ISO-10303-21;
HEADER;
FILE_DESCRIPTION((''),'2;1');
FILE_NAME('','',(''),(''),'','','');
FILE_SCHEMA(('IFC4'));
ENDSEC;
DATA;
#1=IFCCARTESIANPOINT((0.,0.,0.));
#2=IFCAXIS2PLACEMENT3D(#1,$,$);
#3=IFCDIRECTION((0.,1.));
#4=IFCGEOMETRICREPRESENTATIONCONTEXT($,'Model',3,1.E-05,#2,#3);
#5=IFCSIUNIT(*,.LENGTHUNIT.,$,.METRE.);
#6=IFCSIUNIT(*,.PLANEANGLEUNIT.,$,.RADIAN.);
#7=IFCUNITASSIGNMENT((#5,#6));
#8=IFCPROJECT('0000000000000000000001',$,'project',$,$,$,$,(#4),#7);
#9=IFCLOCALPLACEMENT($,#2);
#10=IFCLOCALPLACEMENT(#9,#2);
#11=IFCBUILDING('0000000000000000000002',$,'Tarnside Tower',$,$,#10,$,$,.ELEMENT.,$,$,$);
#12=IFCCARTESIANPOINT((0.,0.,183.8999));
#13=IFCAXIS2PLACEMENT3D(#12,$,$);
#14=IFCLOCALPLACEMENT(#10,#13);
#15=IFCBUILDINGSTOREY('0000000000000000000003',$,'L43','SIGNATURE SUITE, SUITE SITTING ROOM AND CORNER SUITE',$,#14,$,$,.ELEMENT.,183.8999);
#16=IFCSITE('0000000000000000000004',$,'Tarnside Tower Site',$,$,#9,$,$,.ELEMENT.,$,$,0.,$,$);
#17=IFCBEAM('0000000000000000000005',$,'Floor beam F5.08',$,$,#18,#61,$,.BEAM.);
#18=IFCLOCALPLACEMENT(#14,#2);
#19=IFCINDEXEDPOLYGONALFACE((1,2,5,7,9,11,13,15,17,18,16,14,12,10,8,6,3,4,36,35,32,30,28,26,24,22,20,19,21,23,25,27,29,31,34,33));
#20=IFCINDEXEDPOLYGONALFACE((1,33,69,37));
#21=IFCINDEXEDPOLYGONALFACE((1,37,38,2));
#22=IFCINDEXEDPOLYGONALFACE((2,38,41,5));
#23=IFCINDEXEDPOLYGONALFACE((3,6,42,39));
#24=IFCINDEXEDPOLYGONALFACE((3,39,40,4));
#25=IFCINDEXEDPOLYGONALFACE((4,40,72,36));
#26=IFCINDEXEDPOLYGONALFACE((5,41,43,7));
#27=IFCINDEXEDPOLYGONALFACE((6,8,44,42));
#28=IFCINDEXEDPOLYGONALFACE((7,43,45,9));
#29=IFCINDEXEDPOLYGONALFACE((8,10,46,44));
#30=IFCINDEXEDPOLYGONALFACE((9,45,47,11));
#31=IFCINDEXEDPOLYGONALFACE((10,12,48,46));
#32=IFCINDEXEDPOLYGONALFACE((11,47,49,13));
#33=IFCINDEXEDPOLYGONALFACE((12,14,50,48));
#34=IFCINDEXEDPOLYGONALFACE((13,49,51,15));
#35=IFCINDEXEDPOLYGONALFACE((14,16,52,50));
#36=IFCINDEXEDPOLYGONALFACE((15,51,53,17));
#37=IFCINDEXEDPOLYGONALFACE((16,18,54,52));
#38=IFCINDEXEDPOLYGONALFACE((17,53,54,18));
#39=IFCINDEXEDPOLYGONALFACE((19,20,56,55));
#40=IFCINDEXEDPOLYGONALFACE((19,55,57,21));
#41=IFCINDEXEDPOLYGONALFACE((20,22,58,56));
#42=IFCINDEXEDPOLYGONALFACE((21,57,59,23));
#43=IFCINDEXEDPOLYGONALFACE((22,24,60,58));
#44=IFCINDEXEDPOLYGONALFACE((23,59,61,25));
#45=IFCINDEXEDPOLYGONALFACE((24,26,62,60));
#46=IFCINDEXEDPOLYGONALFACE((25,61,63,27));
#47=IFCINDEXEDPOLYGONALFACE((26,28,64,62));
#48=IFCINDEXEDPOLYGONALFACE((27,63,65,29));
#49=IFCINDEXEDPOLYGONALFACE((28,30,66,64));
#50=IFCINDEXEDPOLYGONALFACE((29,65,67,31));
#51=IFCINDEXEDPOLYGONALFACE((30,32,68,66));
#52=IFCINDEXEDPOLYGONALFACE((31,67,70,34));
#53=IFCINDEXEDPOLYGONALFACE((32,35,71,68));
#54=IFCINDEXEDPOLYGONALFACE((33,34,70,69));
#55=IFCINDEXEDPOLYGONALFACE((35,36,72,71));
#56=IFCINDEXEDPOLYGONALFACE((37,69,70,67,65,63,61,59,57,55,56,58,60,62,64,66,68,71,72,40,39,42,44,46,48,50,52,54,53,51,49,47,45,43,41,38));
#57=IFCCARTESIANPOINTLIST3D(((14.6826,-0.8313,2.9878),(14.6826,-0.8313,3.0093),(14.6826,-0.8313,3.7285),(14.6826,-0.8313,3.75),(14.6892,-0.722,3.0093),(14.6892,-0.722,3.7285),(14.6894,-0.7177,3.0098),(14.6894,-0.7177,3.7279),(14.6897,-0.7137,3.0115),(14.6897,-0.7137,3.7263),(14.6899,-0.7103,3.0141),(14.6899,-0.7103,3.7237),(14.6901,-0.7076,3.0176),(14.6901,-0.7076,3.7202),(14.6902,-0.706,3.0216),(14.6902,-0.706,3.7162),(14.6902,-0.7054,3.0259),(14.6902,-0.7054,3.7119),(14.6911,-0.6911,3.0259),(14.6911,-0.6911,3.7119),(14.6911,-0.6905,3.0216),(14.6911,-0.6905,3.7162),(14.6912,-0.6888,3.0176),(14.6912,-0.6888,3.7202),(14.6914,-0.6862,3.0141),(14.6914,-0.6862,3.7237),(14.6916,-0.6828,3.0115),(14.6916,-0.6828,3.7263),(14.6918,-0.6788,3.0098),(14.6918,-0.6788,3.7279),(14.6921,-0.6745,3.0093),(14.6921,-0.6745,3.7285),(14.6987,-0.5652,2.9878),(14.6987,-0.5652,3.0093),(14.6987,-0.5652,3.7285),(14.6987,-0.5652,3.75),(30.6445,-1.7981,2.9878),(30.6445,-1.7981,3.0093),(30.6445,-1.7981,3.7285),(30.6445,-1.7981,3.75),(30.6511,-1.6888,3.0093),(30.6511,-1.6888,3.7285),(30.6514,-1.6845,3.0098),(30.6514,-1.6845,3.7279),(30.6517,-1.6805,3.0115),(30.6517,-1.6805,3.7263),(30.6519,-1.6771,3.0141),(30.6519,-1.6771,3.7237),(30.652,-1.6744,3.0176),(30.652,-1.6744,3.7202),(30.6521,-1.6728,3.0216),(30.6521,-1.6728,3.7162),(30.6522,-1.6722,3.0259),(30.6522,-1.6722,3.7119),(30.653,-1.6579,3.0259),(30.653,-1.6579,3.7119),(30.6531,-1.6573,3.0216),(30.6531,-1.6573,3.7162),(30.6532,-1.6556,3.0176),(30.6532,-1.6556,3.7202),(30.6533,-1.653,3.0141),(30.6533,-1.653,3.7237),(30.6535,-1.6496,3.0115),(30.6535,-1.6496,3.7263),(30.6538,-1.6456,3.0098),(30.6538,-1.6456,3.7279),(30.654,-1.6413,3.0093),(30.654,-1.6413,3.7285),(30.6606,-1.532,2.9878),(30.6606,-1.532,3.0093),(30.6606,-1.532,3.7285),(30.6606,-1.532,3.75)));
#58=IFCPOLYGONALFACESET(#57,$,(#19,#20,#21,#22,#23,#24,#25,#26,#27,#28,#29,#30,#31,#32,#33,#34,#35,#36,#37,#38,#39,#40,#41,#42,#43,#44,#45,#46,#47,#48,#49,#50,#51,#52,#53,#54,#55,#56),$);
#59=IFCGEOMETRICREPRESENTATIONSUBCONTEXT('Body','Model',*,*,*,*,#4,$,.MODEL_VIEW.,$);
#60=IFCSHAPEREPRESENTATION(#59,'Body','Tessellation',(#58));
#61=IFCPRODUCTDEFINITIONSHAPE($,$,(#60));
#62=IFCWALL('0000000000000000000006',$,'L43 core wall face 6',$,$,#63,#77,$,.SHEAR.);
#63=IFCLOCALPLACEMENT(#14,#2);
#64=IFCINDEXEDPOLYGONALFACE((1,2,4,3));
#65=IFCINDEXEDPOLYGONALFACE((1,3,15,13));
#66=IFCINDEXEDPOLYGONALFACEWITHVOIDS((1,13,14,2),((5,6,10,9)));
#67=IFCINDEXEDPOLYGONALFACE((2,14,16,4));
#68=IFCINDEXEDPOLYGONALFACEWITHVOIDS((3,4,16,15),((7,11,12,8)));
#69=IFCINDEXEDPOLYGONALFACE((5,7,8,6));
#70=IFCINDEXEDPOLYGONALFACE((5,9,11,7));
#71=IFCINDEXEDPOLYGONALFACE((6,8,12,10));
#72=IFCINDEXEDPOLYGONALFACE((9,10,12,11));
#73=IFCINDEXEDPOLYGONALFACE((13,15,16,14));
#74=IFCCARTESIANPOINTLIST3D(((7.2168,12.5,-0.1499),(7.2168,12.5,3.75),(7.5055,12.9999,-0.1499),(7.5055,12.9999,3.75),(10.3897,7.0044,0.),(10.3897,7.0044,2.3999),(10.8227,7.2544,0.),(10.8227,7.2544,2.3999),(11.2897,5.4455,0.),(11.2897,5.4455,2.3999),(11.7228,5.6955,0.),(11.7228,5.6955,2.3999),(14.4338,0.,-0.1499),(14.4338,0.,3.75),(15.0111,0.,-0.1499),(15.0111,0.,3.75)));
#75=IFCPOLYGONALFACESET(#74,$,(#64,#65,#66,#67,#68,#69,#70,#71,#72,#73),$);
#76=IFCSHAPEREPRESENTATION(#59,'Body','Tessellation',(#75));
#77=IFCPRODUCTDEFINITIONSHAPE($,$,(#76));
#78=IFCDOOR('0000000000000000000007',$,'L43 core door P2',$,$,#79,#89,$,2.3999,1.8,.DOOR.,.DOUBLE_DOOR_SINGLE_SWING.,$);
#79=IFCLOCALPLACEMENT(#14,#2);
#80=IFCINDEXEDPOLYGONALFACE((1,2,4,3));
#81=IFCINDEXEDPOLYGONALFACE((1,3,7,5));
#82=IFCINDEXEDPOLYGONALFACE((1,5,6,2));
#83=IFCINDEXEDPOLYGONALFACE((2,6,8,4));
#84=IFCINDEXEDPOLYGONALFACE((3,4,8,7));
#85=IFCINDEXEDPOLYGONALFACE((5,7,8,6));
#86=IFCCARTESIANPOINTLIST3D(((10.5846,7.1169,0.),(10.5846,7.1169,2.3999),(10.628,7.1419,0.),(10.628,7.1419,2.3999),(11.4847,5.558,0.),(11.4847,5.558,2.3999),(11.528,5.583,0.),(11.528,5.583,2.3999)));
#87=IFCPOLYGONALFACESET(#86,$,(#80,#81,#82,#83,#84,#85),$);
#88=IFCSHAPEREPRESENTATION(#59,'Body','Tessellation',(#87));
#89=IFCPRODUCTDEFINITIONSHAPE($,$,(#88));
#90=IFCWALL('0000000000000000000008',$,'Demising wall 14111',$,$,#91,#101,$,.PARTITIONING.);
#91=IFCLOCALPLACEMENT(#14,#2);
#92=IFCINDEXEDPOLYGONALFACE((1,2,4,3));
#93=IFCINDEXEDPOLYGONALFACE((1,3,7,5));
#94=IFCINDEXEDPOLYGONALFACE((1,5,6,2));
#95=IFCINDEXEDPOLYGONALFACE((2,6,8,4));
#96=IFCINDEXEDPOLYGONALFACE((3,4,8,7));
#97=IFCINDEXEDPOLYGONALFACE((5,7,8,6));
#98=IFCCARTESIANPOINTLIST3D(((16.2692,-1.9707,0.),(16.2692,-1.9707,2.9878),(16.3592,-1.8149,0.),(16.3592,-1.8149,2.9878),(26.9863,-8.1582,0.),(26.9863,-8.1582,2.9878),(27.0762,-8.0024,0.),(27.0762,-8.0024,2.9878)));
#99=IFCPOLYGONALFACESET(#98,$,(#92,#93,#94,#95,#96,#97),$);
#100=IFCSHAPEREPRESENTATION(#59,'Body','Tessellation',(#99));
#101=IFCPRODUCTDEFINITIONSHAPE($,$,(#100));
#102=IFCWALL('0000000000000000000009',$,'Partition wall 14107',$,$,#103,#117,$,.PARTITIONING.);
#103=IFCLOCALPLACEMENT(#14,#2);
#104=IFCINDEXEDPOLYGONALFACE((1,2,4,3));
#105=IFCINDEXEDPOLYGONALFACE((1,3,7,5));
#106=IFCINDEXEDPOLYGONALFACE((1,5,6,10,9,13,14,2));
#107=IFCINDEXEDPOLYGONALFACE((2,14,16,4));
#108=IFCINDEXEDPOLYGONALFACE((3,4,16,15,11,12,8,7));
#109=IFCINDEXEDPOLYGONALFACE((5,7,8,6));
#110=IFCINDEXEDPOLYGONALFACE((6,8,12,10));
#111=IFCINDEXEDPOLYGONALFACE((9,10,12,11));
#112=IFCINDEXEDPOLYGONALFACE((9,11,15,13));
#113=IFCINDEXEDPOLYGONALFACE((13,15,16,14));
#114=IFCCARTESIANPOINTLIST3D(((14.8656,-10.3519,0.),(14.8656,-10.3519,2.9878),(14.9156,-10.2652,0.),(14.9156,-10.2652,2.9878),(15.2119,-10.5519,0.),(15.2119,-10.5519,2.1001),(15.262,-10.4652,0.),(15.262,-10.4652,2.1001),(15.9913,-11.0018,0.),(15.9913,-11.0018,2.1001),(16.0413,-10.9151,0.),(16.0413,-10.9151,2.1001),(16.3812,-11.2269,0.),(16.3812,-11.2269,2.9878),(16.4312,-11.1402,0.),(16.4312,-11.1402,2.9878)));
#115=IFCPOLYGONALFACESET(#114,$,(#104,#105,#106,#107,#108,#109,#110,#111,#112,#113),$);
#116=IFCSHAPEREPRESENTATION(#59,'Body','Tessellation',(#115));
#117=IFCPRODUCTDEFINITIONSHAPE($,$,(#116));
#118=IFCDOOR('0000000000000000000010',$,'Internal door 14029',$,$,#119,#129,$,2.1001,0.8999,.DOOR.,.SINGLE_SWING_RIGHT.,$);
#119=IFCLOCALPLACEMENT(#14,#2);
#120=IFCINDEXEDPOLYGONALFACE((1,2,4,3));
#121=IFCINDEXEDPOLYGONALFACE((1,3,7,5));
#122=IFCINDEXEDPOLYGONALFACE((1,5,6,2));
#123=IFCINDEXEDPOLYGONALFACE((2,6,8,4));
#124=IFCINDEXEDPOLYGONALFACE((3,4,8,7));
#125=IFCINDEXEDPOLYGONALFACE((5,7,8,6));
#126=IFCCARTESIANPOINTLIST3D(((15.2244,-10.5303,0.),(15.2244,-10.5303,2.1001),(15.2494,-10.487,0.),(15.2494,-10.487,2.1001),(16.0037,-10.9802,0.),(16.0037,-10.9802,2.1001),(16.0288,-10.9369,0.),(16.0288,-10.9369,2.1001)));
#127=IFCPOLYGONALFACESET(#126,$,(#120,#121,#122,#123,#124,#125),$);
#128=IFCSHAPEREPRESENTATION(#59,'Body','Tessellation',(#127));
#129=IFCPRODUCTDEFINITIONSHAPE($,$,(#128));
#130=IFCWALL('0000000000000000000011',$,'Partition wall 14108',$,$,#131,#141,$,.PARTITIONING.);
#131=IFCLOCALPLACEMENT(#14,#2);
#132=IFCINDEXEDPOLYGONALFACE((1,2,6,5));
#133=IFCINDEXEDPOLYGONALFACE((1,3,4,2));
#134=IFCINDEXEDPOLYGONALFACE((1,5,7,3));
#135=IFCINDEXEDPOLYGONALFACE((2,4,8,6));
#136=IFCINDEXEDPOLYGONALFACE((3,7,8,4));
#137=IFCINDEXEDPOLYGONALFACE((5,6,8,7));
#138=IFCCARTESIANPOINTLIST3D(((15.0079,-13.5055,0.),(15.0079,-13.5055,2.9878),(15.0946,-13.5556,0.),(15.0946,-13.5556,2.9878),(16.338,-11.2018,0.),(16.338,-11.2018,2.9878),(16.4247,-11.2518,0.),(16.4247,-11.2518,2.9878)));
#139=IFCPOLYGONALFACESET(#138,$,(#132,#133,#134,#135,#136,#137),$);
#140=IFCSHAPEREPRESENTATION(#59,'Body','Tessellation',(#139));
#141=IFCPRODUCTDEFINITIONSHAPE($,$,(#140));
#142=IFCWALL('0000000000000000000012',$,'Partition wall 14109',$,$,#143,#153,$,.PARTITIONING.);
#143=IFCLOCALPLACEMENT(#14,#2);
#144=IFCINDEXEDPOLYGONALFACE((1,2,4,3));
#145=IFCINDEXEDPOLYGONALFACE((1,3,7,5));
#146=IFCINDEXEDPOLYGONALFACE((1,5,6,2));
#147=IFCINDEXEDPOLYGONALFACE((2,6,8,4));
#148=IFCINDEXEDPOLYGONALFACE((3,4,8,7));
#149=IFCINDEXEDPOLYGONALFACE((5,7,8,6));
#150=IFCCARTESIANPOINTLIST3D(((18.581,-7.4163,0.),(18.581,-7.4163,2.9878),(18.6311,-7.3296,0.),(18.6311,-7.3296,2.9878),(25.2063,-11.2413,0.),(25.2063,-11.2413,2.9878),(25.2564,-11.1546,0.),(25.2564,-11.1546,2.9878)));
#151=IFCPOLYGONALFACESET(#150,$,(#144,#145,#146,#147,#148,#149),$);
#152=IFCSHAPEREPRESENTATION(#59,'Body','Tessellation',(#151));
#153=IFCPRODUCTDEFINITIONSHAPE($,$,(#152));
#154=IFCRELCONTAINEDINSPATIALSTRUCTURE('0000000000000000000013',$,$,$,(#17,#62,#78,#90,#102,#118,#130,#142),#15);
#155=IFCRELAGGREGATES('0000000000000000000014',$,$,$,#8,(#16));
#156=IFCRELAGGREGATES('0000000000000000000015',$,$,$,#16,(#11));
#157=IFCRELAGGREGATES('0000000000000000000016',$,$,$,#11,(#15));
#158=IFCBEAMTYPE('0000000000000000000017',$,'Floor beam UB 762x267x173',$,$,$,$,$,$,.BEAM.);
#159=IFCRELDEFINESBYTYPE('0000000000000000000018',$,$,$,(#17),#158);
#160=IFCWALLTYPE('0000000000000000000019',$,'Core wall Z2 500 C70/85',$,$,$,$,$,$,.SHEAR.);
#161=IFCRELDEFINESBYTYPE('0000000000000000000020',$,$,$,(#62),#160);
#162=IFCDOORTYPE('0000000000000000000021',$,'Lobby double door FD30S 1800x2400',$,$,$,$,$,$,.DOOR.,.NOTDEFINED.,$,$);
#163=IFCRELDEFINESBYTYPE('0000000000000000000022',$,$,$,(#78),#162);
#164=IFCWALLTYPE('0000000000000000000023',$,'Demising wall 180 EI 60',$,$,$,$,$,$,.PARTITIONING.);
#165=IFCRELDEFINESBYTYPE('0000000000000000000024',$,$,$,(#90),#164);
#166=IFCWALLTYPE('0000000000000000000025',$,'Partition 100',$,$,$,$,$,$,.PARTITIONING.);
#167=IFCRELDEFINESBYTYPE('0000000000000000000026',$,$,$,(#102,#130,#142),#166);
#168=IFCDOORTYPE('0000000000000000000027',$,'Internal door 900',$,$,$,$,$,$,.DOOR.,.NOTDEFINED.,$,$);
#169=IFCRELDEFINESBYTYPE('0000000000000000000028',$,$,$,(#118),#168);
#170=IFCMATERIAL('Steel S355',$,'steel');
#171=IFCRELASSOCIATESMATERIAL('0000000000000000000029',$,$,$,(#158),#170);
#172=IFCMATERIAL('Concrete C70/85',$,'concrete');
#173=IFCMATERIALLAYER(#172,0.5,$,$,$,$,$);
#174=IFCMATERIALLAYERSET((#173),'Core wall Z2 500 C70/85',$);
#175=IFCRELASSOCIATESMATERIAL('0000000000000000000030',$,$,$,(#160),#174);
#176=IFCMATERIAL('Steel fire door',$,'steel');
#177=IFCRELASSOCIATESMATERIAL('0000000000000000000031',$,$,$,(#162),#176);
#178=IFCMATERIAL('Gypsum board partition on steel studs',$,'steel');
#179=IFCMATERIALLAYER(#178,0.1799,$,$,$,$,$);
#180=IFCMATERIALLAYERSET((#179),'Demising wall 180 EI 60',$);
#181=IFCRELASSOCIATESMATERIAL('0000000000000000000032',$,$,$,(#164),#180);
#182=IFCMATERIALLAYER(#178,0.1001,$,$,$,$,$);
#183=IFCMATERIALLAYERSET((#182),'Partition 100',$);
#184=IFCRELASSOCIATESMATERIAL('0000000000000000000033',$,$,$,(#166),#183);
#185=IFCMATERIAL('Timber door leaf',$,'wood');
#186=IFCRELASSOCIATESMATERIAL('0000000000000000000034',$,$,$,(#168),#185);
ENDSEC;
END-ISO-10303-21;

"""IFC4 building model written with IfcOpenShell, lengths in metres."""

from ifc_helpers import new_model, si_unit, direction, frame, frame_2d, origin, origin_2d, place, context, subcontext, project, spatial, polyline, rectangle, i_section, outline, extrude, material, layer, layer_set, material_profile, profile_set, type_object, element, fill, save


model = new_model("IFC4")

# Units and contexts
model_context = context("Model", 3, precision=1e-05, world=origin(), true_north=direction((0.0, 1.0)))
body_context = subcontext(model_context, "Body", "Model", "MODEL_VIEW")
ifc_project = project(units=[si_unit("LENGTHUNIT", "METRE"), si_unit("PLANEANGLEUNIT", "RADIAN")], contexts=[model_context])

# Site, building, storey
site_placement = place(None, origin())
site = spatial("IfcSite", under=ifc_project, at=site_placement, Name="Tarnside Tower Site", CompositionType="ELEMENT", RefElevation=0.0)
building_placement = place(site_placement, origin())
building = spatial("IfcBuilding", under=site, at=building_placement, Name="Tarnside Tower", CompositionType="ELEMENT")
storey_placement = place(building_placement, frame((0.0, 0.0, 183.8999)))
storey = spatial("IfcBuildingStorey", under=building, at=storey_placement, Name="L43", Description="SIGNATURE SUITE, SUITE SITTING ROOM AND CORNER SUITE", CompositionType="ELEMENT", Elevation=183.8999)

# Beam
ifc_material_1 = material(Name="Steel S355", Category="steel")
ifc_material_profile_1 = material_profile(ifc_material_1, i_section(OverallWidth=0.2666, OverallDepth=0.7622, WebThickness=0.0144, FlangeThickness=0.0215, FilletRadius=0.0166, at=origin_2d()), Name="UB 762x267x173")
ifc_profile_set_1 = profile_set([ifc_material_profile_1], Name="Steel S355")
beam_type_1 = type_object("IfcBeamType", Name="Floor beam UB 762x267x173", PredefinedType="BEAM", material=ifc_profile_set_1)
beam_1_placement = place(storey_placement, frame((30.6526, -1.665, 3.3689), z_axis=(-0.998171, 0.060458, 0.0), x_axis=(-0.060458, -0.998171, 0.0)))
element("IfcBeam", 1, at=beam_1_placement, inside=storey, type_object=beam_type_1, Name="Floor beam F5.08", PredefinedType="BEAM", context=body_context, shape_type="SweptSolid", body=[
    extrude(i_section(OverallWidth=0.2666, OverallDepth=0.7622, WebThickness=0.0144, FlangeThickness=0.0215, FilletRadius=0.0166, at=origin_2d()), origin(), (0.0, 0.0, 1.0), 15.9912),
])

# Wall, opening, door
ifc_material_2 = material(Name="Concrete C70/85", Category="concrete")
ifc_layer_1 = layer(ifc_material_2, 0.5)
ifc_layer_set_1 = layer_set([ifc_layer_1], Name="Core wall Z2 500 C70/85")
wall_type_1 = type_object("IfcWallType", Name="Core wall Z2 500 C70/85", PredefinedType="SHEAR", material=ifc_layer_set_1)
wall_1_placement = place(storey_placement, frame((14.7224, 0.0, -0.1499), z_axis=(0.0, 0.0, 1.0), x_axis=(-0.500006, 0.866022, 0.0)))
wall_1 = element("IfcWall", 2, at=wall_1_placement, inside=storey, type_object=wall_type_1, Name="L43 core wall face 6", PredefinedType="SHEAR", context=body_context, shape_type="SweptSolid", body=[
    extrude(outline(polyline([(-0.1443, -0.25), (14.8667, -0.25), (14.5781, 0.25), (0.1443, 0.25), (-0.1443, -0.25)])), origin(), (0.0, 0.0, 1.0), 3.8999),
])
opening_1_placement = place(wall_1_placement, frame((6.4324, 0.0, 0.1499)))
opening_1 = element("IfcOpeningElement", 3, at=opening_1_placement, cuts=wall_1, PredefinedType="OPENING", context=body_context, shape_type="SweptSolid", body=[
    extrude(rectangle(XDim=1.8, YDim=2.3999, at=frame_2d((0.8999, 1.2))), frame((0.0, 0.26, 0.0), z_axis=(0.0, -1.0, 0.0), x_axis=(1.0, 0.0, 0.0)), (0.0, 0.0, 1.0), 0.52),
])
ifc_material_3 = material(Name="Steel fire door", Category="steel")
door_type_1 = type_object("IfcDoorType", Name="Lobby double door FD30S 1800x2400", OperationType="NOTDEFINED", PredefinedType="DOOR", material=ifc_material_3)
door_1_placement = place(opening_1_placement, origin())
door_1 = element("IfcDoor", 4, at=door_1_placement, inside=storey, type_object=door_type_1, Name="L43 core door P2", OperationType="DOUBLE_DOOR_SINGLE_SWING", OverallHeight=2.3999, OverallWidth=1.8, PredefinedType="DOOR", context=body_context, shape_type="SweptSolid", body=[
    extrude(rectangle(XDim=1.8, YDim=2.3999, at=frame_2d((0.8999, 1.2))), frame((0.0, 0.0249, 0.0), z_axis=(0.0, -1.0, 0.0), x_axis=(1.0, 0.0, 0.0)), (0.0, 0.0, 1.0), 0.05),
])
fill(opening_1, door_1)

# Wall
ifc_material_4 = material(Name="Gypsum board partition on steel studs", Category="steel")
ifc_layer_2 = layer(ifc_material_4, 0.1799)
ifc_layer_set_2 = layer_set([ifc_layer_2], Name="Demising wall 180 EI 60")
wall_type_2 = type_object("IfcWallType", Name="Demising wall 180 EI 60", PredefinedType="PARTITIONING", material=ifc_layer_set_2)
wall_2_placement = place(storey_placement, frame((27.0312, -8.0803, 0.0), z_axis=(0.0, 0.0, 1.0), x_axis=(-0.866025, 0.500001, 0.0)))
element("IfcWall", 5, at=wall_2_placement, inside=storey, type_object=wall_type_2, Name="Demising wall 14111", PredefinedType="PARTITIONING", context=body_context, shape_type="SweptSolid", body=[
    extrude(rectangle(XDim=12.375, YDim=0.1799, at=frame_2d((6.1875, 0.0))), origin(), (0.0, 0.0, 1.0), 2.9878),
])

# Wall, opening, door
ifc_layer_3 = layer(ifc_material_4, 0.1001)
ifc_layer_set_3 = layer_set([ifc_layer_3], Name="Partition 100")
wall_type_3 = type_object("IfcWallType", Name="Partition 100", PredefinedType="PARTITIONING", material=ifc_layer_set_3)
wall_3_placement = place(storey_placement, frame((14.8906, -10.3086, 0.0), z_axis=(0.0, 0.0, 1.0), x_axis=(0.866037, -0.49998, 0.0)))
wall_3 = element("IfcWall", 6, at=wall_3_placement, inside=storey, type_object=wall_type_3, Name="Partition wall 14107", PredefinedType="PARTITIONING", context=body_context, shape_type="SweptSolid", body=[
    extrude(rectangle(XDim=1.75, YDim=0.1001, at=frame_2d((0.875, 0.0))), origin(), (0.0, 0.0, 1.0), 2.9878),
])
opening_2_placement = place(wall_3_placement, frame((0.3999, 0.0, 0.0)))
opening_2 = element("IfcOpeningElement", 7, at=opening_2_placement, cuts=wall_3, PredefinedType="OPENING", context=body_context, shape_type="SweptSolid", body=[
    extrude(rectangle(XDim=0.8999, YDim=2.1001, at=frame_2d((0.45, 1.05))), frame((0.0, 0.0601, 0.0), z_axis=(0.0, -1.0, 0.0), x_axis=(1.0, 0.0, 0.0)), (0.0, 0.0, 1.0), 0.1201),
])
ifc_material_5 = material(Name="Timber door leaf", Category="wood")
door_type_2 = type_object("IfcDoorType", Name="Internal door 900", OperationType="NOTDEFINED", PredefinedType="DOOR", material=ifc_material_5)
door_2_placement = place(opening_2_placement, origin())
door_2 = element("IfcDoor", 8, at=door_2_placement, inside=storey, type_object=door_type_2, Name="Internal door 14029", OperationType="SINGLE_SWING_RIGHT", OverallHeight=2.1001, OverallWidth=0.8999, PredefinedType="DOOR", context=body_context, shape_type="SweptSolid", body=[
    extrude(rectangle(XDim=0.8999, YDim=2.1001, at=frame_2d((0.45, 1.05))), frame((0.0, 0.0249, 0.0), z_axis=(0.0, -1.0, 0.0), x_axis=(1.0, 0.0, 0.0)), (0.0, 0.0, 1.0), 0.05),
])
fill(opening_2, door_2)

# Walls
wall_4_placement = place(storey_placement, frame((16.3813, -11.2268, 0.0), z_axis=(0.0, 0.0, 1.0), x_axis=(-0.500008, -0.866021, 0.0)))
element("IfcWall", 9, at=wall_4_placement, inside=storey, type_object=wall_type_3, Name="Partition wall 14108", PredefinedType="PARTITIONING", context=body_context, shape_type="SweptSolid", body=[
    extrude(rectangle(XDim=2.6602, YDim=0.1001, at=frame_2d((1.3301, 0.0))), origin(), (0.0, 0.0, 1.0), 2.9878),
])
wall_5_placement = place(storey_placement, frame((25.2314, -11.198, 0.0), z_axis=(0.0, 0.0, 1.0), x_axis=(-0.866033, 0.499987, 0.0)))
element("IfcWall", 10, at=wall_5_placement, inside=storey, type_object=wall_type_3, Name="Partition wall 14109", PredefinedType="PARTITIONING", context=body_context, shape_type="SweptSolid", body=[
    extrude(rectangle(XDim=7.6501, YDim=0.1001, at=frame_2d((3.8252, 0.0))), origin(), (0.0, 0.0, 1.0), 2.9878),
])

save(model, "model.ifc")
